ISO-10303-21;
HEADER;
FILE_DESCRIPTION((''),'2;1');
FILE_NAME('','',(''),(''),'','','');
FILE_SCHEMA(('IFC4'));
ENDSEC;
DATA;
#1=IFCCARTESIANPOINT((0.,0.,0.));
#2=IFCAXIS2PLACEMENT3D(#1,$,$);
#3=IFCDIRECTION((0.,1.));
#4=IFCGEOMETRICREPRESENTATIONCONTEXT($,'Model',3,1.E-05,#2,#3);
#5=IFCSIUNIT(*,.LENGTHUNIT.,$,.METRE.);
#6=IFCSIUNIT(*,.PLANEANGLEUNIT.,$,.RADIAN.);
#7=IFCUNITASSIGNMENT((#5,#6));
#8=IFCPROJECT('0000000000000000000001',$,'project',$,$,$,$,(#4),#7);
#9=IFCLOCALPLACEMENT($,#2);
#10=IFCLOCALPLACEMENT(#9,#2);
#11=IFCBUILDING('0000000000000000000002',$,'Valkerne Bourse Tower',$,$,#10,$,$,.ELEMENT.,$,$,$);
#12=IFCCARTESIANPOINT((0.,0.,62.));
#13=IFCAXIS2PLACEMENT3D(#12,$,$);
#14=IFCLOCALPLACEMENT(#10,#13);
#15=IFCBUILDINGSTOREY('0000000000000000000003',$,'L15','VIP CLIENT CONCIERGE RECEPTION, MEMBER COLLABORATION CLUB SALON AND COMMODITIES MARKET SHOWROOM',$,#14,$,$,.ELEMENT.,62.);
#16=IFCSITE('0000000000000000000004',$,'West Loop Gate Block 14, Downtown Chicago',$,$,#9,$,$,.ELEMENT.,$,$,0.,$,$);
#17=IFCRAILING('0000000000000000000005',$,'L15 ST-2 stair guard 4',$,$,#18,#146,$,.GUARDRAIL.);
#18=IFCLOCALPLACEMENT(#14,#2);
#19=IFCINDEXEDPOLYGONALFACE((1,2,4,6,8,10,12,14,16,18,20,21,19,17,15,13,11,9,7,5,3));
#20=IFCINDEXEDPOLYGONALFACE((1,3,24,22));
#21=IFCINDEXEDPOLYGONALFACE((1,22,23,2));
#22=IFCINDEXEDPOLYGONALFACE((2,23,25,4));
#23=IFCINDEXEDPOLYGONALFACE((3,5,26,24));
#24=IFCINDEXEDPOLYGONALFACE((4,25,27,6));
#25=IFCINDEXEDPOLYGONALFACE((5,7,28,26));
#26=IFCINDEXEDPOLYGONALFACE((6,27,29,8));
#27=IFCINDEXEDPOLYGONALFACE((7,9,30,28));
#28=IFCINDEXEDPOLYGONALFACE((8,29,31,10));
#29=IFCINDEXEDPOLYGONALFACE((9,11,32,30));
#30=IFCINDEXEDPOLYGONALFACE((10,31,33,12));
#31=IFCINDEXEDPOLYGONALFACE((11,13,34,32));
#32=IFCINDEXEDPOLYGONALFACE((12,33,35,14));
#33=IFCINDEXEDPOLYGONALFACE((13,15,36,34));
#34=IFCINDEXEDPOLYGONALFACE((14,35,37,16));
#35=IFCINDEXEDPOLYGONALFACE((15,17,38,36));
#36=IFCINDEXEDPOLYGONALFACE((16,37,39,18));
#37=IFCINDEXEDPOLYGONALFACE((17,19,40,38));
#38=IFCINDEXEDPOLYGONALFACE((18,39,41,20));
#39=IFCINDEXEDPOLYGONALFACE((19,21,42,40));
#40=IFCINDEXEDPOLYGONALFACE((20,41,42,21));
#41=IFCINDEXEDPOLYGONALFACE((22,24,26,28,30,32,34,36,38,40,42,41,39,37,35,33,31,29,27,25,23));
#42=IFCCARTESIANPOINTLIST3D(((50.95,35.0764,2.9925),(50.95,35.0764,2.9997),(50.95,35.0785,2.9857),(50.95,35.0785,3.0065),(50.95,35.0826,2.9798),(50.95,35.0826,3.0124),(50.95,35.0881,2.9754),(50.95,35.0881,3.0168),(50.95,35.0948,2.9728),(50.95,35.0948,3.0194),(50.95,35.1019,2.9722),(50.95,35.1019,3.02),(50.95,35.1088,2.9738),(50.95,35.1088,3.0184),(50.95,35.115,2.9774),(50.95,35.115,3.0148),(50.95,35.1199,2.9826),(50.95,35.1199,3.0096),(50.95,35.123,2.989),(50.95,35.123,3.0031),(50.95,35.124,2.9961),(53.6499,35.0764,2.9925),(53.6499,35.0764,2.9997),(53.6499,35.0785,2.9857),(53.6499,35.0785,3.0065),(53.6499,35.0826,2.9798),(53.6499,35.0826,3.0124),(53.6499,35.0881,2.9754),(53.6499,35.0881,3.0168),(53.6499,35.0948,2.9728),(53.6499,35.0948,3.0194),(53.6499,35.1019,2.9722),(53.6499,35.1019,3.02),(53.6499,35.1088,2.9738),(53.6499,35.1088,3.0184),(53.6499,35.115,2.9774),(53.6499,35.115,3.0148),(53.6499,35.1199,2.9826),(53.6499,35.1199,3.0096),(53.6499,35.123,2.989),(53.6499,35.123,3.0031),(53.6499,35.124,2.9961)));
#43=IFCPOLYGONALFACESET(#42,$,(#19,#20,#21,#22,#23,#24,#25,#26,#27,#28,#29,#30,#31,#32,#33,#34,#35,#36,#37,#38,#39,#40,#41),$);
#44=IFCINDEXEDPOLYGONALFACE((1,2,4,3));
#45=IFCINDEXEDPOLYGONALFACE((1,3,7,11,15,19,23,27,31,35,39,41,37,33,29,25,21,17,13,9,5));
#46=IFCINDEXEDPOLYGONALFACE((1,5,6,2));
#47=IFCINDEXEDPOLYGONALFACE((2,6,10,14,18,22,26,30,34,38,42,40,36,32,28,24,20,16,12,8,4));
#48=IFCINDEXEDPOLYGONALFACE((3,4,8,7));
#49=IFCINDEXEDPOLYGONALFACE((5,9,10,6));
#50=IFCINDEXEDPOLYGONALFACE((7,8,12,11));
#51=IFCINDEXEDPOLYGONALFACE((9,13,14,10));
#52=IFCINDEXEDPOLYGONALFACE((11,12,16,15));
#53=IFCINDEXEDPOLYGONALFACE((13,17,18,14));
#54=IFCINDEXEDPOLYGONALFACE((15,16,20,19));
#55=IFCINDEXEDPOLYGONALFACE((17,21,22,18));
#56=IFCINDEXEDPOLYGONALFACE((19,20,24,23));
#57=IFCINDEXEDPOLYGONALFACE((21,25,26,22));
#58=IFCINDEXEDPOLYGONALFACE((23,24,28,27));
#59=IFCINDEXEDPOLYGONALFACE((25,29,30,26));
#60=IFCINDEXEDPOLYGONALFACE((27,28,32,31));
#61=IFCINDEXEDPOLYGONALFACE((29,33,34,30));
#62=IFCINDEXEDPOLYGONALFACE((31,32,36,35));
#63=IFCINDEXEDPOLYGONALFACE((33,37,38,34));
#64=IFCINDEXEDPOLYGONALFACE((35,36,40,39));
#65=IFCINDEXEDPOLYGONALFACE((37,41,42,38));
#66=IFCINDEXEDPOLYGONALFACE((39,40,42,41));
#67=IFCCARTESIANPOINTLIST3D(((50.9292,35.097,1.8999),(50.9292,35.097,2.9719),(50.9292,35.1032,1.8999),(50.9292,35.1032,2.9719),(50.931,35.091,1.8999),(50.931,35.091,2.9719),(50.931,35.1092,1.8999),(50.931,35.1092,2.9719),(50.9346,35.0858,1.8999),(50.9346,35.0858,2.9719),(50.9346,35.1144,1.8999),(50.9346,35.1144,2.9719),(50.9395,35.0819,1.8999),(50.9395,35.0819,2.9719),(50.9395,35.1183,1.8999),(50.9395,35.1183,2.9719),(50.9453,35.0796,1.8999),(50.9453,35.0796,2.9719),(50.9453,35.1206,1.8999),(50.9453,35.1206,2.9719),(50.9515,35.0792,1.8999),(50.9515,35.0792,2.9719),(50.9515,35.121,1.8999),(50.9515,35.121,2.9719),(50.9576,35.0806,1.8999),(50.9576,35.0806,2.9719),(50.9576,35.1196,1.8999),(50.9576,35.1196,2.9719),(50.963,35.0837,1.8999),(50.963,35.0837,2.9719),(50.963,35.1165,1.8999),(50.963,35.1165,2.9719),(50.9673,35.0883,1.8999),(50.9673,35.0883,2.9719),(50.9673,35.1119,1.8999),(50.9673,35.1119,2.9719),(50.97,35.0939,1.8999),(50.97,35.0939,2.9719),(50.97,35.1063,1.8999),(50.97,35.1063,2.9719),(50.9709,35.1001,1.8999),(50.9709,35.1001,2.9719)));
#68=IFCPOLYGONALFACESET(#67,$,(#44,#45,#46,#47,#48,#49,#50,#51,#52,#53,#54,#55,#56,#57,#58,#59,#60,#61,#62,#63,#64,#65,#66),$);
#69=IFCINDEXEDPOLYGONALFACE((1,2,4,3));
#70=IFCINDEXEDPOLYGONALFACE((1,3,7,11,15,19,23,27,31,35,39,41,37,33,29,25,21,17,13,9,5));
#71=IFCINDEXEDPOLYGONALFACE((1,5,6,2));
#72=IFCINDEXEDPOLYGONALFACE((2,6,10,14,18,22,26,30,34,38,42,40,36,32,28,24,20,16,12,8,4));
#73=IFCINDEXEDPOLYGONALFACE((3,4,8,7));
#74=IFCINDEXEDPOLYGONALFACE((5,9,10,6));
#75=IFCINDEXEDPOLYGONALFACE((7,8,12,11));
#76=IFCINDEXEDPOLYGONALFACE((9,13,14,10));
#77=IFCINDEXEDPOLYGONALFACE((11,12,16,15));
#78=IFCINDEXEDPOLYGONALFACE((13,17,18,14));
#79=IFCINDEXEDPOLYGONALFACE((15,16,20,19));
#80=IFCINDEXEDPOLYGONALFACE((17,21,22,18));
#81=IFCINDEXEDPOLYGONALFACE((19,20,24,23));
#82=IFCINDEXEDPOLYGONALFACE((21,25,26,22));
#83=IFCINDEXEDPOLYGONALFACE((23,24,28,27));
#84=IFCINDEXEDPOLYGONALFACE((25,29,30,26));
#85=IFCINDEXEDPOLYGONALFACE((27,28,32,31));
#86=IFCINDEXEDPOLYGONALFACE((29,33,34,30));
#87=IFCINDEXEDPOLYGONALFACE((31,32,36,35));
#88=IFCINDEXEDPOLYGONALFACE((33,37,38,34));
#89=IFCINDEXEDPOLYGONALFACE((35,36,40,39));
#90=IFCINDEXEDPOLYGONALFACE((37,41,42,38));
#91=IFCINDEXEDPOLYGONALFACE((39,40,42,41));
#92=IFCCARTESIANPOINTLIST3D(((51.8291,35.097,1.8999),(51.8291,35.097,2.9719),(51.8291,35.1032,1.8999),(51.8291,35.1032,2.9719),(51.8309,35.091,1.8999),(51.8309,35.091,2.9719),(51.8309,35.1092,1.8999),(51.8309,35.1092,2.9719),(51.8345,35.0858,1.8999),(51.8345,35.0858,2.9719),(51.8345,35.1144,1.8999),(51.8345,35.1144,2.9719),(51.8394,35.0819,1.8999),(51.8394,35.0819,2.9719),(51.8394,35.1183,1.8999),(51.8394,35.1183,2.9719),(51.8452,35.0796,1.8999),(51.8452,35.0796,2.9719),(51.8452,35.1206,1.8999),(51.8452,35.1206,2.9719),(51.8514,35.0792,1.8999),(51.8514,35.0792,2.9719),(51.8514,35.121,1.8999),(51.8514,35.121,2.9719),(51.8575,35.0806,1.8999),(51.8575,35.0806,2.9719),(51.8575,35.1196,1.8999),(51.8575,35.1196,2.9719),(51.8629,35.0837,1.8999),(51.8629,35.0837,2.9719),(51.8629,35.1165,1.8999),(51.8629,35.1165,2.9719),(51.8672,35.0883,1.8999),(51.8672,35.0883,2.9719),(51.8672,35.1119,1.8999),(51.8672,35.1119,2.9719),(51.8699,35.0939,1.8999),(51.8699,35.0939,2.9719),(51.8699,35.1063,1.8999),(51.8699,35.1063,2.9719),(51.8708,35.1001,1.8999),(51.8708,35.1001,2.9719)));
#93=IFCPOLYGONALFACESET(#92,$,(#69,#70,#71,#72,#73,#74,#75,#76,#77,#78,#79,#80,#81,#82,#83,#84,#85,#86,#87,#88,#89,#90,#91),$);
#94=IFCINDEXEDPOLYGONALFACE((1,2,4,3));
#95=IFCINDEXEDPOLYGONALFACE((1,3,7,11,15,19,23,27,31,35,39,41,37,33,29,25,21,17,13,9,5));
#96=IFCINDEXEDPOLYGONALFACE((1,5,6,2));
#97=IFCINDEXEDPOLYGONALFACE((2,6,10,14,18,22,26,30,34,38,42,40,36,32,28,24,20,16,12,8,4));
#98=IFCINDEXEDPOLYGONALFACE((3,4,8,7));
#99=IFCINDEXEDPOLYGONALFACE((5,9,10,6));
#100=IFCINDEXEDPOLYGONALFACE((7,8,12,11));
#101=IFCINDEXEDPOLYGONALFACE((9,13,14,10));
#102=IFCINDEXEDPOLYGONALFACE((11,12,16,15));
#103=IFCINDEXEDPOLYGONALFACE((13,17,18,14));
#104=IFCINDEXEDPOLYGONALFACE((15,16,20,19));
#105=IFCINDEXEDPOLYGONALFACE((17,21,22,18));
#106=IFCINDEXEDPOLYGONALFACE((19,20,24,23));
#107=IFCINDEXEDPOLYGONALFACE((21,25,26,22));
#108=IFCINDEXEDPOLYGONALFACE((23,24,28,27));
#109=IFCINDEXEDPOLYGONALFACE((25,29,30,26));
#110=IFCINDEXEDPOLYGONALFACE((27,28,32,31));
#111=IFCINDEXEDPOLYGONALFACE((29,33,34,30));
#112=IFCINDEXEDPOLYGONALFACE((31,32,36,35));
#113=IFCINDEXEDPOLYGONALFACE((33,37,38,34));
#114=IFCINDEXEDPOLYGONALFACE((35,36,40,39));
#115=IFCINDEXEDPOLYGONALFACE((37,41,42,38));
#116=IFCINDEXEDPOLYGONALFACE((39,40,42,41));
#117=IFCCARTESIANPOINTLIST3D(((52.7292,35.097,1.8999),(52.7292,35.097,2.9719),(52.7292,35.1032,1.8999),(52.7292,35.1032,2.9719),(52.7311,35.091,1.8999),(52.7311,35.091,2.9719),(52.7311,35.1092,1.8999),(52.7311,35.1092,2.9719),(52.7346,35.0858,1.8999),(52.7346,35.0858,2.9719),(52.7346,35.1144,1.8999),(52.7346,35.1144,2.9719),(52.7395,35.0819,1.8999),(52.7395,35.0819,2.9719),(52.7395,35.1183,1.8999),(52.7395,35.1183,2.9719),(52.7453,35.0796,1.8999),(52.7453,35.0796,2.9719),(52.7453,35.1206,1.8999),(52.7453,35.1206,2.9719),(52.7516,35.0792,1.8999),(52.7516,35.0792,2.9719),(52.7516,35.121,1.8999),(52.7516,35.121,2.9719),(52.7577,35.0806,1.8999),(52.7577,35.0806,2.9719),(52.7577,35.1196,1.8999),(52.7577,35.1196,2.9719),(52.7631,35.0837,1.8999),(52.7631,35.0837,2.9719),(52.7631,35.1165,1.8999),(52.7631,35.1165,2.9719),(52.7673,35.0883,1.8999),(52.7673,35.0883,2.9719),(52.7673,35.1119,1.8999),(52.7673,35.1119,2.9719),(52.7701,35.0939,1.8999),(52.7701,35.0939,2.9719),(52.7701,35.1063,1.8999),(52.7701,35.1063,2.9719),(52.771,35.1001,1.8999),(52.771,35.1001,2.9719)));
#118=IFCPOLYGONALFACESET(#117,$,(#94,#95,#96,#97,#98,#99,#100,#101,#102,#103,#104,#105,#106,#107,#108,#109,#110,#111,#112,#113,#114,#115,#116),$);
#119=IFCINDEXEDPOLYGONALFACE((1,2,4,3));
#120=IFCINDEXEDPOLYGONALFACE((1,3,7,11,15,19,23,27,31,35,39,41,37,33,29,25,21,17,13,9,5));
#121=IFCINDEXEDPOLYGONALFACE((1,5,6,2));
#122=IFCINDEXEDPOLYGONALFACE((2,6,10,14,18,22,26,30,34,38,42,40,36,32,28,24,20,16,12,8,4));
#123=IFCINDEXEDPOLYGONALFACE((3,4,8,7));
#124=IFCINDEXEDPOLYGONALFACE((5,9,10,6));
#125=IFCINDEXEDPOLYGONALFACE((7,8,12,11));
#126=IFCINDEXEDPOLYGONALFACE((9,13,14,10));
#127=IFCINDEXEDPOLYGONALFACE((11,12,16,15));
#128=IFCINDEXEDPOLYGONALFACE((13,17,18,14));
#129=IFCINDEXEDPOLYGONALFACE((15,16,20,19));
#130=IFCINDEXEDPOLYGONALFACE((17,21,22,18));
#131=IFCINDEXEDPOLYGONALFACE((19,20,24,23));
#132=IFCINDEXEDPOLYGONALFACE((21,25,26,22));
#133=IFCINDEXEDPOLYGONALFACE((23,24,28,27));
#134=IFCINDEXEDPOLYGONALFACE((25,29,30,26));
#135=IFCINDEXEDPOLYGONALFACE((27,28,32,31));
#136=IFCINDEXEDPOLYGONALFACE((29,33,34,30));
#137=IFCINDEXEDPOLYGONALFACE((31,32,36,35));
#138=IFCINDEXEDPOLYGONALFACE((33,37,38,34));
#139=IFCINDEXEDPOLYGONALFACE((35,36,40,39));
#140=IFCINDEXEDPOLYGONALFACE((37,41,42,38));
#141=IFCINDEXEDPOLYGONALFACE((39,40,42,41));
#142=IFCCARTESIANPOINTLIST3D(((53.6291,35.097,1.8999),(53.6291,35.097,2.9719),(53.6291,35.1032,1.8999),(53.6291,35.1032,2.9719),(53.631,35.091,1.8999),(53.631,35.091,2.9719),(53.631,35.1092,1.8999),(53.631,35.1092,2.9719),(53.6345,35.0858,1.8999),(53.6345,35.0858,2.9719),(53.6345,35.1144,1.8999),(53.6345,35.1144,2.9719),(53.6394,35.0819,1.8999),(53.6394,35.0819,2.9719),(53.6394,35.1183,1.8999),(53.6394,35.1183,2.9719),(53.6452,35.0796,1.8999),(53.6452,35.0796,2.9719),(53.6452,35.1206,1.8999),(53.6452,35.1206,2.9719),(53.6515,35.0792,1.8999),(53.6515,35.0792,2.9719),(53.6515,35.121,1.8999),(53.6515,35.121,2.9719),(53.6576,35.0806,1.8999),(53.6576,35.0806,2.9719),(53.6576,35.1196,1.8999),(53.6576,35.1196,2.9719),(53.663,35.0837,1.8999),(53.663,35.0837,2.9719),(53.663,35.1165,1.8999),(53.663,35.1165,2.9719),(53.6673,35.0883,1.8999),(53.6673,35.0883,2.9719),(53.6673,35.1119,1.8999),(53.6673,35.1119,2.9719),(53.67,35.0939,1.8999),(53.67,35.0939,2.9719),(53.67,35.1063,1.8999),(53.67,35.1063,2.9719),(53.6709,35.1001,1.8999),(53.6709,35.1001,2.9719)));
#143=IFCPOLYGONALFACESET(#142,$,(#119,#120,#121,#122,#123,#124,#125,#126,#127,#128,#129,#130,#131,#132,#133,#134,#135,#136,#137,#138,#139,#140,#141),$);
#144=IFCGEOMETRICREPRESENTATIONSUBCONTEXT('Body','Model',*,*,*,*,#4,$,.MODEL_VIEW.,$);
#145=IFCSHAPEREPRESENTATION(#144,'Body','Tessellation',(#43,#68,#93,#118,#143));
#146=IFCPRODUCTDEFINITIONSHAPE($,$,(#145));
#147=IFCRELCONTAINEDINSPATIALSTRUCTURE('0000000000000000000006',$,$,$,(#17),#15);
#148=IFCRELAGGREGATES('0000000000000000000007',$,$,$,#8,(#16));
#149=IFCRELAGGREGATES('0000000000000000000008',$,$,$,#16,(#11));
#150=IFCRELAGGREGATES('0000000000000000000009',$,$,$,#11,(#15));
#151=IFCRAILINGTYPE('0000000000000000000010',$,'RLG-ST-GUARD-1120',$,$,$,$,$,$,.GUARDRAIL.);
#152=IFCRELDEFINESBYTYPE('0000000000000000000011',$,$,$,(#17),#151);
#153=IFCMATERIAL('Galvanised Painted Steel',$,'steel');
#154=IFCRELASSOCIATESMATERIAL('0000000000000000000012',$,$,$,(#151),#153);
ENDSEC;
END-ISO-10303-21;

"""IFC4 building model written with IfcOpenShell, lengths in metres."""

from ifc_helpers import new_model, si_unit, direction, frame, origin, origin_2d, place, context, subcontext, project, spatial, circle, extrude, material, type_object, element, save


model = new_model("IFC4")

# Units and contexts
model_context = context("Model", 3, precision=1e-05, world=origin(), true_north=direction((0.0, 1.0)))
body_context = subcontext(model_context, "Body", "Model", "MODEL_VIEW")
ifc_project = project(units=[si_unit("LENGTHUNIT", "METRE"), si_unit("PLANEANGLEUNIT", "RADIAN")], contexts=[model_context])

# Site, building, storey
site_placement = place(None, origin())
site = spatial("IfcSite", under=ifc_project, at=site_placement, Name="West Loop Gate Block 14, Downtown Chicago", CompositionType="ELEMENT", RefElevation=0.0)
building_placement = place(site_placement, origin())
building = spatial("IfcBuilding", under=site, at=building_placement, Name="Valkerne Bourse Tower", CompositionType="ELEMENT")
storey_placement = place(building_placement, frame((0.0, 0.0, 62.0)))
storey = spatial("IfcBuildingStorey", under=building, at=storey_placement, Name="L15", Description="VIP CLIENT CONCIERGE RECEPTION, MEMBER COLLABORATION CLUB SALON AND COMMODITIES MARKET SHOWROOM", CompositionType="ELEMENT", Elevation=62.0)

# Railing
ifc_material_1 = material(Name="Galvanised Painted Steel", Category="steel")
railing_type_1 = type_object("IfcRailingType", Name="RLG-ST-GUARD-1120", PredefinedType="GUARDRAIL", material=ifc_material_1)
railing_1_placement = place(storey_placement, frame((50.95, 35.1001, 1.8999)))
element("IfcRailing", 1, at=railing_1_placement, inside=storey, type_object=railing_type_1, Name="L15 ST-2 stair guard 4", PredefinedType="GUARDRAIL", context=body_context, shape_type="SweptSolid", body=[
    extrude(circle(Radius=0.0239, at=origin_2d()), frame((0.0, 0.0, 1.0962), z_axis=(1.0, 0.0, 0.0), x_axis=(0.0, 1.0, 0.0)), (0.0, 0.0, 1.0), 2.7),
    extrude(circle(Radius=0.021, at=origin_2d()), origin(), (0.0, 0.0, 1.0), 1.072),
    extrude(circle(Radius=0.021, at=origin_2d()), frame((0.8999, 0.0, 0.0)), (0.0, 0.0, 1.0), 1.072),
    extrude(circle(Radius=0.021, at=origin_2d()), frame((1.8, 0.0, 0.0)), (0.0, 0.0, 1.0), 1.072),
    extrude(circle(Radius=0.021, at=origin_2d()), frame((2.7, 0.0, 0.0)), (0.0, 0.0, 1.0), 1.072),
])

save(model, "model.ifc")
